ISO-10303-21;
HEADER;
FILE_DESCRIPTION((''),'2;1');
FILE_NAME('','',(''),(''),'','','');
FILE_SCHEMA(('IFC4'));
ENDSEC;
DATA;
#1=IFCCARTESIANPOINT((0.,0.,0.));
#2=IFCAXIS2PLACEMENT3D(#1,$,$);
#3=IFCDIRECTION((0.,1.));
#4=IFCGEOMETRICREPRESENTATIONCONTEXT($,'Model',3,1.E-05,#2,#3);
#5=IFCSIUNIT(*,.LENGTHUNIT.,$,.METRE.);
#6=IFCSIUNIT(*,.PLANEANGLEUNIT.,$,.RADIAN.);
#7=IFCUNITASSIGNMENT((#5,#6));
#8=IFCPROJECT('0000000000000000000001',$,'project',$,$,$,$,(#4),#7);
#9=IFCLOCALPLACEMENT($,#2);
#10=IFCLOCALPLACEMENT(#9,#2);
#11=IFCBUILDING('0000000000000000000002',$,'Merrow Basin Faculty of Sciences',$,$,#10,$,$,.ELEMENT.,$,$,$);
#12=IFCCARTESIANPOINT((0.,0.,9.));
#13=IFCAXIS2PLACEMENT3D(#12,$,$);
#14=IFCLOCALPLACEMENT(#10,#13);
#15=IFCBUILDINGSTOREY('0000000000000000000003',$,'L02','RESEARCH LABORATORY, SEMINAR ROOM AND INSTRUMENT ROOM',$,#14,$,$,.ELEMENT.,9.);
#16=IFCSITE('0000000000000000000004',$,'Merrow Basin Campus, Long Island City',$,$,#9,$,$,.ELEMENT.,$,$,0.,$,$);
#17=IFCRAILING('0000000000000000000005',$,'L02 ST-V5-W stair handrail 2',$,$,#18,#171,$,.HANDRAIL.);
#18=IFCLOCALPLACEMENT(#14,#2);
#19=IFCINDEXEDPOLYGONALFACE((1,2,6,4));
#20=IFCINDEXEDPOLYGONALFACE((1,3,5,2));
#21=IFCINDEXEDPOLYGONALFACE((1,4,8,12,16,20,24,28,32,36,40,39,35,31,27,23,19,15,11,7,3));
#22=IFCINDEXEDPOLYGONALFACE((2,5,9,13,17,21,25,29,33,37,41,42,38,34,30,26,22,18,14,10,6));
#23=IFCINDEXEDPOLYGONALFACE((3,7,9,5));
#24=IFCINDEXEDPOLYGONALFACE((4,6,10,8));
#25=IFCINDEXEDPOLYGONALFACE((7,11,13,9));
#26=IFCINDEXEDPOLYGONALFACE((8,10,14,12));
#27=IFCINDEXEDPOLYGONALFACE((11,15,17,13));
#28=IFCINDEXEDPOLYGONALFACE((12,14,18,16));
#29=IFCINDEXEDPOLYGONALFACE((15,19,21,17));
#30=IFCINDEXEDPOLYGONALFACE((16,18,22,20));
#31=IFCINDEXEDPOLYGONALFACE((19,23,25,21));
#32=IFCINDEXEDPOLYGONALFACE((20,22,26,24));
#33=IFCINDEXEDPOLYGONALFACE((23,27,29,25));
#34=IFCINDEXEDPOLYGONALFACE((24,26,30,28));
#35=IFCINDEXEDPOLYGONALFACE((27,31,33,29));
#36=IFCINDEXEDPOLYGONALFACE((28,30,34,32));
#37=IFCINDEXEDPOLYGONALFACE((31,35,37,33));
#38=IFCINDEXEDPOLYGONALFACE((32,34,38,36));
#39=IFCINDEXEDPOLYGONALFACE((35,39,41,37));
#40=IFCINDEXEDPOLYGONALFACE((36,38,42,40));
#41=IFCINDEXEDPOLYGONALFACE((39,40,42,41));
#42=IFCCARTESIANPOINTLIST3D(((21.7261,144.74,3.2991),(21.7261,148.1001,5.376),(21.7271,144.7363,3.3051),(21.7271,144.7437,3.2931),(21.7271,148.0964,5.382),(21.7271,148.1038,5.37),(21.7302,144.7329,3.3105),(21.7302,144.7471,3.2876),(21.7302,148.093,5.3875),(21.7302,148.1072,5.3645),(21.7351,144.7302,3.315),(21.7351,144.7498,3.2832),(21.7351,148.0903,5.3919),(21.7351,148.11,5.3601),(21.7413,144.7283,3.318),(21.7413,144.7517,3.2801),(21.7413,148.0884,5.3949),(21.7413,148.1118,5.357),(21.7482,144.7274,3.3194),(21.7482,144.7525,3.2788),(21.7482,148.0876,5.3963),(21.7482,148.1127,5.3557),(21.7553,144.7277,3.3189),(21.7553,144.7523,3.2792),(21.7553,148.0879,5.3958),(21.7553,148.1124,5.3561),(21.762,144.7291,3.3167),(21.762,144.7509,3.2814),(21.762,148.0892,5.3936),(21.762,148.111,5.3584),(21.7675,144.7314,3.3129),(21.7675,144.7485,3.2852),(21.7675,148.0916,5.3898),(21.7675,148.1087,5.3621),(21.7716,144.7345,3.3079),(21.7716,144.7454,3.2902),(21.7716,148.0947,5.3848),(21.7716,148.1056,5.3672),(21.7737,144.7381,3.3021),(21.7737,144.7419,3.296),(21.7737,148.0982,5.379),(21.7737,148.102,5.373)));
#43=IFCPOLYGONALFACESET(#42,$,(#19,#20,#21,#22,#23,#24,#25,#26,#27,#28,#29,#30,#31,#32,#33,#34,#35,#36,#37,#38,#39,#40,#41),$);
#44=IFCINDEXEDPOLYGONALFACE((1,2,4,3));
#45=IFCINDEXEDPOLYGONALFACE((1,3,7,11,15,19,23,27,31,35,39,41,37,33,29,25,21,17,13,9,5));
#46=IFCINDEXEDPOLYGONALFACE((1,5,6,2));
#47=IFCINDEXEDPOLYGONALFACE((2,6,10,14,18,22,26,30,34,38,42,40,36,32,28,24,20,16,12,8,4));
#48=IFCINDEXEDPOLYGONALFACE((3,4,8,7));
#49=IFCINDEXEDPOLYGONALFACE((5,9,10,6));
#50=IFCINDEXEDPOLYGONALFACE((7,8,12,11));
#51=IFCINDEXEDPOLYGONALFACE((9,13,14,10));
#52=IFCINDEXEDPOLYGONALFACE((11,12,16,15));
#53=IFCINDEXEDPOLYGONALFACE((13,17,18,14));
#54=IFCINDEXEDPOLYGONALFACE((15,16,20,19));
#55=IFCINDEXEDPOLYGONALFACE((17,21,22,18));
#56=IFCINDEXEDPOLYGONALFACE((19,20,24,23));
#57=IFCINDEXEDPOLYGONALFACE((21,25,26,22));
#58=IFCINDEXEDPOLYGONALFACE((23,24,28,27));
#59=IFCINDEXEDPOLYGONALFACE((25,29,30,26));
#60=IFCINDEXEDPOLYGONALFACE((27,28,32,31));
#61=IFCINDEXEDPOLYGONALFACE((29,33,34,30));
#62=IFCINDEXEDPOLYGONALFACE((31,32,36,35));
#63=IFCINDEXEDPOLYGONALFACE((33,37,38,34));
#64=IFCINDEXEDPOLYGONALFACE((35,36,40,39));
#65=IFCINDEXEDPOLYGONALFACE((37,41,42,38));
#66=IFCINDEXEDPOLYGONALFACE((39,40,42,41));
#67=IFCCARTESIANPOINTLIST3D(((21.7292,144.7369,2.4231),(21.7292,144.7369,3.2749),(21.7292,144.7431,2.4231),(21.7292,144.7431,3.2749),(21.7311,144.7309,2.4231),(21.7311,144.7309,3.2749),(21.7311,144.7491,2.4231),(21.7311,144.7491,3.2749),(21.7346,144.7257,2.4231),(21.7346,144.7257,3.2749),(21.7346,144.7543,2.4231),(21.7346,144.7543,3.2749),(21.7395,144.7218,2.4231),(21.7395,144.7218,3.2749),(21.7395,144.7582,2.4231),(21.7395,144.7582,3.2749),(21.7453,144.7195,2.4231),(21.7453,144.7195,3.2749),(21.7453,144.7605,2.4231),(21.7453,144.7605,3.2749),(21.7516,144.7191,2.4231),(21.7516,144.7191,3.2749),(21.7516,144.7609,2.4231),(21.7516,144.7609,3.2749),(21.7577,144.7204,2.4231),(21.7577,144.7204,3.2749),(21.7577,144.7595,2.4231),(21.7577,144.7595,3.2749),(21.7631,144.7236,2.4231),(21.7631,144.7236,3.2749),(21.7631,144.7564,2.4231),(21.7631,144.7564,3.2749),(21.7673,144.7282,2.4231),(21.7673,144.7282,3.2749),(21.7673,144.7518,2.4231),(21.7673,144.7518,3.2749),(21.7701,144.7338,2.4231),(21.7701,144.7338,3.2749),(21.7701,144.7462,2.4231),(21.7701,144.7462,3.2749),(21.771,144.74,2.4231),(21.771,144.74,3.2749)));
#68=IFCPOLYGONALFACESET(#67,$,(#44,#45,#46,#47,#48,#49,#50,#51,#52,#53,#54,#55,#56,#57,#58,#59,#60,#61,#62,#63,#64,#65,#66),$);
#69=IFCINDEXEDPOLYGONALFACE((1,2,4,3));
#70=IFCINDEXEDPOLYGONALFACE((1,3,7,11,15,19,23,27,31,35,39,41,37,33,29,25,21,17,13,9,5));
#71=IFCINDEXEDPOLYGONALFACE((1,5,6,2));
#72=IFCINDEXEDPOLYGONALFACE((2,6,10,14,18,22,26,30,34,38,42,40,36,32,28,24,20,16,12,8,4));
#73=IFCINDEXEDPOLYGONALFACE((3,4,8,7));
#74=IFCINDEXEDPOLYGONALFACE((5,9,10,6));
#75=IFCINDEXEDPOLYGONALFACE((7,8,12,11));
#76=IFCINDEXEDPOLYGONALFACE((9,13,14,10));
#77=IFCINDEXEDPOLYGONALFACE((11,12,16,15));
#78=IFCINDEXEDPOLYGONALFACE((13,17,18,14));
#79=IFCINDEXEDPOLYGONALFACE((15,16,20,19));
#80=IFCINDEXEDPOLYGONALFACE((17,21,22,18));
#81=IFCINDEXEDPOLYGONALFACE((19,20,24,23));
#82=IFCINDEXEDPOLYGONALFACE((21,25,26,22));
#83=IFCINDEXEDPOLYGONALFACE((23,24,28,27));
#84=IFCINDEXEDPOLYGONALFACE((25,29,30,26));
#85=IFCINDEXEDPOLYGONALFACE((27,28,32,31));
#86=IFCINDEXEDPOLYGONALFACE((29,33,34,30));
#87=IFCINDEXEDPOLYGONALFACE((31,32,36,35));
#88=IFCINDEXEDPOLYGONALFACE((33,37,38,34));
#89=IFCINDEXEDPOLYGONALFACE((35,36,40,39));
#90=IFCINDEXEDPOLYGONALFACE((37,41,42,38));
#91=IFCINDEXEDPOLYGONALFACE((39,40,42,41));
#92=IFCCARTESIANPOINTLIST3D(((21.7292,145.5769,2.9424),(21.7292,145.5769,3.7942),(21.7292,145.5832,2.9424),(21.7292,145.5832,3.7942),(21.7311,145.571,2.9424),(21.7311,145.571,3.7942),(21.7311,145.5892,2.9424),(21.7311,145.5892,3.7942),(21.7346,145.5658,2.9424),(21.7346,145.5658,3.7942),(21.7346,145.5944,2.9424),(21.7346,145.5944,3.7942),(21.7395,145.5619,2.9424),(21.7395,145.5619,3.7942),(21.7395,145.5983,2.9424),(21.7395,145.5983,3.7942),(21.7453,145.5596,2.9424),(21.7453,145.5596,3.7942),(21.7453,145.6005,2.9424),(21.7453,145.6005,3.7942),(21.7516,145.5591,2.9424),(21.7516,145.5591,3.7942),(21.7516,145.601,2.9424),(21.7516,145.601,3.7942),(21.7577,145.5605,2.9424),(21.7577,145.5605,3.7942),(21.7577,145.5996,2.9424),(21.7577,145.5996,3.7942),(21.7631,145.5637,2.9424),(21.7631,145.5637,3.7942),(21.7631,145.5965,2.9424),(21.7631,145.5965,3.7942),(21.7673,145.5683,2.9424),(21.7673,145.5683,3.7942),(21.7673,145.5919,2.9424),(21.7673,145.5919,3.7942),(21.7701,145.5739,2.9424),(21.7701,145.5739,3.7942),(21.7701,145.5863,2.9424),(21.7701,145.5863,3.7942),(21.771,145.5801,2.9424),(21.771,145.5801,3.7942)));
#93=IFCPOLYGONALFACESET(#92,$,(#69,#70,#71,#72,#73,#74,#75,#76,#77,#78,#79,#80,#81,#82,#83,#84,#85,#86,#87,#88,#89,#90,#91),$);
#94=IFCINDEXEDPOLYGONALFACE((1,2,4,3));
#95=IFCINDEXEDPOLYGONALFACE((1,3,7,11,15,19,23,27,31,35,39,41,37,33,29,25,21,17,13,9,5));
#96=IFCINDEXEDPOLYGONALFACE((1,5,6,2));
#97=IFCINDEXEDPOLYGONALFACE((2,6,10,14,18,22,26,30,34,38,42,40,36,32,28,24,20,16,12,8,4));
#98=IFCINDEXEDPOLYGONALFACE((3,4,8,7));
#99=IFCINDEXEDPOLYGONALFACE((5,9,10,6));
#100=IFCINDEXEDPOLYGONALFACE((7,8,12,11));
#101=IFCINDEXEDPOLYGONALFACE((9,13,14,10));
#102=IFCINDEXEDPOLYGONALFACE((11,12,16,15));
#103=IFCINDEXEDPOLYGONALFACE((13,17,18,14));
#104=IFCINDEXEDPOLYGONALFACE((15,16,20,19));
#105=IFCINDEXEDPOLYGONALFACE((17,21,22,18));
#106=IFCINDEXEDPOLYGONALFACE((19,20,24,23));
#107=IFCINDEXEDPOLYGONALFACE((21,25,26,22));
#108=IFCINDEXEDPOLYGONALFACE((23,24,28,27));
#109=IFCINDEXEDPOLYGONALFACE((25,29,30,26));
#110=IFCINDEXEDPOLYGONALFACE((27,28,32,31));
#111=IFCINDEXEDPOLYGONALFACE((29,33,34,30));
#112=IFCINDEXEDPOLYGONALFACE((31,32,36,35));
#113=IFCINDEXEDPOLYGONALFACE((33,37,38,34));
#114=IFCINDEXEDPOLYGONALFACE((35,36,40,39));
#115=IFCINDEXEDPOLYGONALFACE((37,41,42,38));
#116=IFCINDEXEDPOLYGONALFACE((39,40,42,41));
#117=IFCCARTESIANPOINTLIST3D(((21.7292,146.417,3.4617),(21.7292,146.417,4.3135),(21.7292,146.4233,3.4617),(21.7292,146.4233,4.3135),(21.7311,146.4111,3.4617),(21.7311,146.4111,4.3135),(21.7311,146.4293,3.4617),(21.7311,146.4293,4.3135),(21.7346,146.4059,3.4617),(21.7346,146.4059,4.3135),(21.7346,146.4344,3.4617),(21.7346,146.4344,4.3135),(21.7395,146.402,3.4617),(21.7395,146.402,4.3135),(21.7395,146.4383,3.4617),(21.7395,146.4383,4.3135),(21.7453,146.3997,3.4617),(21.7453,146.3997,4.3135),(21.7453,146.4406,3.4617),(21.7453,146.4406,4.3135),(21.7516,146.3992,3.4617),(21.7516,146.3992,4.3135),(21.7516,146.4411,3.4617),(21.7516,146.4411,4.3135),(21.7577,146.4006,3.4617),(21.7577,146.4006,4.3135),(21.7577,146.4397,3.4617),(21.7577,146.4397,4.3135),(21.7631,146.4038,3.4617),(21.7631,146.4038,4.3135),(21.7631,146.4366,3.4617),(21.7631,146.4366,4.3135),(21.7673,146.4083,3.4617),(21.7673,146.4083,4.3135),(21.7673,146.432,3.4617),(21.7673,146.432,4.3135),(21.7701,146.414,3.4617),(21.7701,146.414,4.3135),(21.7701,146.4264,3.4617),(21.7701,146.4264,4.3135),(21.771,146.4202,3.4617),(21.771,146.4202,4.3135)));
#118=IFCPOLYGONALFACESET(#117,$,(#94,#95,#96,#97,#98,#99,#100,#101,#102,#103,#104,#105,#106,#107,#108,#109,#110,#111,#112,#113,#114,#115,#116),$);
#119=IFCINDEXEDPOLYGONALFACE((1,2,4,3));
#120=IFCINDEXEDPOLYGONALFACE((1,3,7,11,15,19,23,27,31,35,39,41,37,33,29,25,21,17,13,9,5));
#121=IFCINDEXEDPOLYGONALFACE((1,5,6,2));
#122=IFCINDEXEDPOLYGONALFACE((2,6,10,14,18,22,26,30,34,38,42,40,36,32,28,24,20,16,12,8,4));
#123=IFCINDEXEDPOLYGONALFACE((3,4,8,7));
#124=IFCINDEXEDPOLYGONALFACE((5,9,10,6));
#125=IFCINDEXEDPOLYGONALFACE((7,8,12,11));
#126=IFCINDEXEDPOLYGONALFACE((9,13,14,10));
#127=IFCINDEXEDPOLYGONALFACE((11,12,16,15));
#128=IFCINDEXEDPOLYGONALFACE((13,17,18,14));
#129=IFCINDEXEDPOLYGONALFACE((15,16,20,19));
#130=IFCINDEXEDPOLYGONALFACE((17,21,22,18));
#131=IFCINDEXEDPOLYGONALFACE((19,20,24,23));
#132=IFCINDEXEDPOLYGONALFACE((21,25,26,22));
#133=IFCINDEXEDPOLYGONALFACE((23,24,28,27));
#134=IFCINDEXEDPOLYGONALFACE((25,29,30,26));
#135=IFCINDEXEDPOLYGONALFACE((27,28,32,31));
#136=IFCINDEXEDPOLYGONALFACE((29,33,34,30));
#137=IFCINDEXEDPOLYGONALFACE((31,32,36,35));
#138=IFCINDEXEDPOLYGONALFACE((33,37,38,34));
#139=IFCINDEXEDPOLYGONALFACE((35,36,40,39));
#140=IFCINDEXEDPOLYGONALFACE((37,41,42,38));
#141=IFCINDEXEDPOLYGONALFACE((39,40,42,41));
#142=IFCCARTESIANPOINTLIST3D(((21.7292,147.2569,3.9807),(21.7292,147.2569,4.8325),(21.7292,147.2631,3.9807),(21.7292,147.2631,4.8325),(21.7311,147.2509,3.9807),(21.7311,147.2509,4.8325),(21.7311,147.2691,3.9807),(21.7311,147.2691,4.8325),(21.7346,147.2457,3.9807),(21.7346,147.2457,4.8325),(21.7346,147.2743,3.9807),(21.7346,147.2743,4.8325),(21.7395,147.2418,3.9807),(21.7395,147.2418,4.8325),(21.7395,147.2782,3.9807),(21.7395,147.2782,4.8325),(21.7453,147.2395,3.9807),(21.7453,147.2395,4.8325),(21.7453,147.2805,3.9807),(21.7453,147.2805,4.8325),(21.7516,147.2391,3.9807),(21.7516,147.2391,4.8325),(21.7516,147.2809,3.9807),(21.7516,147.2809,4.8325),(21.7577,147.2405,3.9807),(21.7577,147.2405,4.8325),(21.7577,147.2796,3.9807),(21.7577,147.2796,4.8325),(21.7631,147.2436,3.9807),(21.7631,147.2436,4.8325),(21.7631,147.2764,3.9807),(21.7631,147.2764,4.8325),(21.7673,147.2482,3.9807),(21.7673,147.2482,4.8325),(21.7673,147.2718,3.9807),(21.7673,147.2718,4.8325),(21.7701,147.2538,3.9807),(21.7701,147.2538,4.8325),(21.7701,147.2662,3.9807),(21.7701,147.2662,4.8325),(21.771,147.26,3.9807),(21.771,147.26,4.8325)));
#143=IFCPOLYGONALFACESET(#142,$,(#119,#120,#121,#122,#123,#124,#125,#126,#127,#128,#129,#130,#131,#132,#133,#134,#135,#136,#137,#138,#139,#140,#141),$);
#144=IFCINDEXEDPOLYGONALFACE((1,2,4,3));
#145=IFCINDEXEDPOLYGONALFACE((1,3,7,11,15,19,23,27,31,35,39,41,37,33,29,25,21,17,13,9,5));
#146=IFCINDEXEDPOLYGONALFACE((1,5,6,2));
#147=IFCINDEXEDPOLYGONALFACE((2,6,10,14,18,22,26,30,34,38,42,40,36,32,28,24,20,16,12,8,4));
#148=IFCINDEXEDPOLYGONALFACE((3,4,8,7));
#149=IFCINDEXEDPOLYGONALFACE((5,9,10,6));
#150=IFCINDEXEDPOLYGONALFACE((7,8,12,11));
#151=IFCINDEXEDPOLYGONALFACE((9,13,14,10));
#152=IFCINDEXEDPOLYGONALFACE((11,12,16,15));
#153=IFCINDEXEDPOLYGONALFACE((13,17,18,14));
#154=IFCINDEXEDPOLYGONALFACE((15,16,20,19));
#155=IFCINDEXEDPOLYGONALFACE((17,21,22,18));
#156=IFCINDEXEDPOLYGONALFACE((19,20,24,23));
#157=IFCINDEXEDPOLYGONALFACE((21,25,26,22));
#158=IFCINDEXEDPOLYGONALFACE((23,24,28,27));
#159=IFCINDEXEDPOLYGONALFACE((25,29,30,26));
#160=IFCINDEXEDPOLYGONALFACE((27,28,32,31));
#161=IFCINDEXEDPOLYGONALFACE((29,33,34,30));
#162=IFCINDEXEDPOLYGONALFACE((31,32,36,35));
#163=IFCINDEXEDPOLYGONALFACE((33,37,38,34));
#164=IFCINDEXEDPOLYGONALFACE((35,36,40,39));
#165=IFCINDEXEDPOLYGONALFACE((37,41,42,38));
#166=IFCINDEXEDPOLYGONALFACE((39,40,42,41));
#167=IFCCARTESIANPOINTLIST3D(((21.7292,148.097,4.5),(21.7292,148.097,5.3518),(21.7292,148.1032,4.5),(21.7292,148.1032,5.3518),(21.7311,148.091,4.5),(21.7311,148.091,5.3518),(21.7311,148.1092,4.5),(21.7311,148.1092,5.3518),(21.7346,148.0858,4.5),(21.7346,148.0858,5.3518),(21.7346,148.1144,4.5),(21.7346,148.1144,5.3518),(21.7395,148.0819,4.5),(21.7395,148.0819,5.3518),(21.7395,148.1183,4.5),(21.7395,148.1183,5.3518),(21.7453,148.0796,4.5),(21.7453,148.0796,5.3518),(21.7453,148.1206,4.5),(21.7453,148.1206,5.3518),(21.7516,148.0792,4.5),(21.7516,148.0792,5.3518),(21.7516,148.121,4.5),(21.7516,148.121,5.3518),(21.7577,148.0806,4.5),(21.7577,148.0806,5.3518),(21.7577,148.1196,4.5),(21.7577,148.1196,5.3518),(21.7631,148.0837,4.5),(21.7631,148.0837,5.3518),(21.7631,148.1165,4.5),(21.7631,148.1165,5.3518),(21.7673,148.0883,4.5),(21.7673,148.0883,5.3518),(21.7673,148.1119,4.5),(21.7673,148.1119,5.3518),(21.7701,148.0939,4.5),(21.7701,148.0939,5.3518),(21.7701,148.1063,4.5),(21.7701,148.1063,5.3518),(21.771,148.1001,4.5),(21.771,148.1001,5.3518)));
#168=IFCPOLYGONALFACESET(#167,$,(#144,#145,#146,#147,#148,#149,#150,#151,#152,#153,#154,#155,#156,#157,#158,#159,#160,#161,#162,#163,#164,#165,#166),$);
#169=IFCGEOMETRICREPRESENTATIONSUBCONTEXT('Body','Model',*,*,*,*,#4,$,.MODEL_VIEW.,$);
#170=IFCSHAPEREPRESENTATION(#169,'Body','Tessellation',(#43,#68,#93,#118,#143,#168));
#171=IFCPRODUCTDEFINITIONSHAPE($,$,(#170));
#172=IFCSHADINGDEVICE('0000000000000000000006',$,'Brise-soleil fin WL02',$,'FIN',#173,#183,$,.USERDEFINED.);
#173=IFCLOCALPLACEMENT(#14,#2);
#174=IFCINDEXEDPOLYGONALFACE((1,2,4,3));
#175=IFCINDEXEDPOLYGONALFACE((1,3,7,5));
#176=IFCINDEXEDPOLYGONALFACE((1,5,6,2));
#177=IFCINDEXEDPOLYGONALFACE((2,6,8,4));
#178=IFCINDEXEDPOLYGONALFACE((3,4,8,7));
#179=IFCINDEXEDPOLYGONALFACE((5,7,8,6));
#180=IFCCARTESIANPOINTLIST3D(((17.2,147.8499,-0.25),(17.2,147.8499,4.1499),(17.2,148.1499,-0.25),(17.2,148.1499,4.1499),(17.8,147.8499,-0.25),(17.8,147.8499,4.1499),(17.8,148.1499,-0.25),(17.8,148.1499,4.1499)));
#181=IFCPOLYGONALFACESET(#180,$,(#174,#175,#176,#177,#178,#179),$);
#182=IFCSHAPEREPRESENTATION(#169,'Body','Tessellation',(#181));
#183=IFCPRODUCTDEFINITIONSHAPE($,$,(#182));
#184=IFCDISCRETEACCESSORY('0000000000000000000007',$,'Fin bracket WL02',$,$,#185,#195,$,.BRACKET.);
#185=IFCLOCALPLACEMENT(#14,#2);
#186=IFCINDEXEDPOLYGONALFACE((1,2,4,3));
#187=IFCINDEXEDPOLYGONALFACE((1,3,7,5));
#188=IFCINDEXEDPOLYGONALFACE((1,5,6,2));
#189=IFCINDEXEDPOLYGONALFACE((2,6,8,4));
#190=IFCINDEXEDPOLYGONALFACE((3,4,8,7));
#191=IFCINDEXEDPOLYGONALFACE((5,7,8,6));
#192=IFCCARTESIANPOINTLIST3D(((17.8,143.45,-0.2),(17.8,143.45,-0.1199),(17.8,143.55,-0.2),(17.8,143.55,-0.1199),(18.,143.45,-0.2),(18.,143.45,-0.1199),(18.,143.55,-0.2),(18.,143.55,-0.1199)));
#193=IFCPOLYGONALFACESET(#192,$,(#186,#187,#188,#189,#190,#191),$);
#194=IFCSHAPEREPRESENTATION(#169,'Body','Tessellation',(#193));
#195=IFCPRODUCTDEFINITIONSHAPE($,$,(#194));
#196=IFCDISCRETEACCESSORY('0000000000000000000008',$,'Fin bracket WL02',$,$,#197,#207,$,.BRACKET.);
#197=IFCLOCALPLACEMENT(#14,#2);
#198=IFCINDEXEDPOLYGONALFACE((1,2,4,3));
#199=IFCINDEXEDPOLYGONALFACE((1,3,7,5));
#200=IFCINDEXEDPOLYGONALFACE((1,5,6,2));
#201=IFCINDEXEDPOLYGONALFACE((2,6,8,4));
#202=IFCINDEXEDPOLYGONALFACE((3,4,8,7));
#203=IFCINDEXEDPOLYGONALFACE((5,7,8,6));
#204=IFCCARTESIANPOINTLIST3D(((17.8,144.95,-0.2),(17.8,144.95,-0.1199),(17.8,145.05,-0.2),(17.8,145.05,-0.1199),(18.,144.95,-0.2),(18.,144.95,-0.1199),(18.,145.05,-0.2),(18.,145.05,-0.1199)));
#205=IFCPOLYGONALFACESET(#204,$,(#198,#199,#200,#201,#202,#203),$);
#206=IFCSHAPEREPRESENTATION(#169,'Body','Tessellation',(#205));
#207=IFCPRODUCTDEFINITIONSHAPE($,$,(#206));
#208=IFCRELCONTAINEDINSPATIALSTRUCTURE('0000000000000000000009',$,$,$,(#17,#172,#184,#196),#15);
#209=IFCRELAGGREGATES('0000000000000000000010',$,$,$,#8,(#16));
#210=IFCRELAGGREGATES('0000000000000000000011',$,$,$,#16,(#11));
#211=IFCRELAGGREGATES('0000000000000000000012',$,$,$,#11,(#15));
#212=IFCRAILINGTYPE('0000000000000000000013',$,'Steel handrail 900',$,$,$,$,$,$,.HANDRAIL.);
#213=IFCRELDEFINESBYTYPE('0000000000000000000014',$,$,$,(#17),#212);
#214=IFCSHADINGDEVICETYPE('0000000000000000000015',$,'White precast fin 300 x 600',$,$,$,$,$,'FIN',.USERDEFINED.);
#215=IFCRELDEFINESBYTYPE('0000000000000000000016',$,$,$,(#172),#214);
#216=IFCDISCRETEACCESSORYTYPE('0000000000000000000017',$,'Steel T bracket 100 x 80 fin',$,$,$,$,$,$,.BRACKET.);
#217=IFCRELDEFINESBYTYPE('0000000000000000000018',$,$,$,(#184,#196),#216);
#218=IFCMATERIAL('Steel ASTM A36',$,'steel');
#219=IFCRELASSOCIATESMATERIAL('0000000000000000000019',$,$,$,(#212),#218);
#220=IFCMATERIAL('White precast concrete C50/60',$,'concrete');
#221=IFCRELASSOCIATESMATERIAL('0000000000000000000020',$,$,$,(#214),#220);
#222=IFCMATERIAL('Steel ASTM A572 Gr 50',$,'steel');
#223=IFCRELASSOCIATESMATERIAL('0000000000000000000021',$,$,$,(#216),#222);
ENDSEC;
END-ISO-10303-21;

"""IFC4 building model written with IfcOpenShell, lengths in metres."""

from ifc_helpers import new_model, si_unit, direction, frame, origin, origin_2d, place, context, subcontext, project, spatial, polyline, circle, outline, extrude, source, transform, mapped, material, type_object, element, save


model = new_model("IFC4")

# Units and contexts
model_context = context("Model", 3, precision=1e-05, world=origin(), true_north=direction((0.0, 1.0)))
body_context = subcontext(model_context, "Body", "Model", "MODEL_VIEW")
ifc_project = project(units=[si_unit("LENGTHUNIT", "METRE"), si_unit("PLANEANGLEUNIT", "RADIAN")], contexts=[model_context])

# Site, building, storey
site_placement = place(None, origin())
site = spatial("IfcSite", under=ifc_project, at=site_placement, Name="Merrow Basin Campus, Long Island City", CompositionType="ELEMENT", RefElevation=0.0)
building_placement = place(site_placement, origin())
building = spatial("IfcBuilding", under=site, at=building_placement, Name="Merrow Basin Faculty of Sciences", CompositionType="ELEMENT")
storey_placement = place(building_placement, frame((0.0, 0.0, 9.0)))
storey = spatial("IfcBuildingStorey", under=building, at=storey_placement, Name="L02", Description="RESEARCH LABORATORY, SEMINAR ROOM AND INSTRUMENT ROOM", CompositionType="ELEMENT", Elevation=9.0)

# Railing
ifc_material_1 = material(Name="Steel ASTM A36", Category="steel")
railing_type_1 = type_object("IfcRailingType", Name="Steel handrail 900", PredefinedType="HANDRAIL", material=ifc_material_1)
railing_1_placement = place(storey_placement, frame((21.75, 144.74, 2.4231)))
element("IfcRailing", 1, at=railing_1_placement, inside=storey, type_object=railing_type_1, Name="L02 ST-V5-W stair handrail 2", PredefinedType="HANDRAIL", context=body_context, shape_type="SweptSolid", body=[
    extrude(circle(Radius=0.0239, at=origin_2d()), frame((0.0, 0.0, 0.876), z_axis=(0.0, 0.850623, 0.525776), x_axis=(-1.0, 0.0, 0.0)), (0.0, 0.0, 1.0), 3.9502),
    extrude(circle(Radius=0.021, at=origin_2d()), origin(), (0.0, 0.0, 1.0), 0.8518),
    extrude(circle(Radius=0.021, at=origin_2d()), frame((0.0, 0.8401, 0.5193)), (0.0, 0.0, 1.0), 0.8518),
    extrude(circle(Radius=0.021, at=origin_2d()), frame((0.0, 1.6802, 1.0386)), (0.0, 0.0, 1.0), 0.8518),
    extrude(circle(Radius=0.021, at=origin_2d()), frame((0.0, 2.52, 1.5576)), (0.0, 0.0, 1.0), 0.8518),
    extrude(circle(Radius=0.021, at=origin_2d()), frame((0.0, 3.3601, 2.0769)), (0.0, 0.0, 1.0), 0.8518),
])

# Shading device
ifc_material_2 = material(Name="White precast concrete C50/60", Category="concrete")
shading_device_type = type_object("IfcShadingDeviceType", Name="White precast fin 300 x 600", ElementType="FIN", PredefinedType="USERDEFINED", material=ifc_material_2)
shared_shape_1 = source(origin(), body_context, "Body", "SweptSolid", [
    extrude(outline(polyline([(0.0, 0.0), (0.3, 0.0), (0.3, 4.3999), (0.0, 4.3999), (0.0, 0.0)])), origin(), (0.0, 0.0, 1.0), 0.6001),
])
shading_device_placement = place(storey_placement, frame((17.8, 148.1499, -0.25), z_axis=(-1.0, 0.0, 0.0), x_axis=(0.0, -1.0, 0.0)))
element("IfcShadingDevice", 2, at=shading_device_placement, inside=storey, type_object=shading_device_type, Name="Brise-soleil fin WL02", ObjectType="FIN", PredefinedType="USERDEFINED", context=body_context, shape_type="MappedRepresentation", body=[
    mapped(shared_shape_1, transform((0.0, 0.0, 0.0), scale=1.0)),
])

# Discrete accessories
ifc_material_3 = material(Name="Steel ASTM A572 Gr 50", Category="steel")
discrete_accessory_type = type_object("IfcDiscreteAccessoryType", Name="Steel T bracket 100 x 80 fin", PredefinedType="BRACKET", material=ifc_material_3)
shared_shape_2 = source(origin(), body_context, "Body", "SweptSolid", [
    extrude(outline(polyline([(0.0, 0.0), (0.1001, 0.0), (0.1001, 0.0801), (0.0, 0.0801), (0.0, 0.0)])), origin(), (0.0, 0.0, 1.0), 0.2),
])
for number, where, z_axis, x_axis, name in (
    (3, (18.0, 143.55, -0.2), (-1.0, 0.0, 0.0), (0.0, -1.0, 0.0), "Fin bracket WL02"),
    (4, (18.0, 145.05, -0.2), (-1.0, 0.0, 0.0), (0.0, -1.0, 0.0), "Fin bracket WL02"),
):
    element("IfcDiscreteAccessory", number, at=place(storey_placement, frame(where, z_axis=z_axis, x_axis=x_axis)), inside=storey, type_object=discrete_accessory_type, Name=name, PredefinedType="BRACKET", context=body_context, shape_type="MappedRepresentation", body=[
        mapped(shared_shape_2, transform((0.0, 0.0, 0.0), scale=1.0)),
    ])

save(model, "model.ifc")
